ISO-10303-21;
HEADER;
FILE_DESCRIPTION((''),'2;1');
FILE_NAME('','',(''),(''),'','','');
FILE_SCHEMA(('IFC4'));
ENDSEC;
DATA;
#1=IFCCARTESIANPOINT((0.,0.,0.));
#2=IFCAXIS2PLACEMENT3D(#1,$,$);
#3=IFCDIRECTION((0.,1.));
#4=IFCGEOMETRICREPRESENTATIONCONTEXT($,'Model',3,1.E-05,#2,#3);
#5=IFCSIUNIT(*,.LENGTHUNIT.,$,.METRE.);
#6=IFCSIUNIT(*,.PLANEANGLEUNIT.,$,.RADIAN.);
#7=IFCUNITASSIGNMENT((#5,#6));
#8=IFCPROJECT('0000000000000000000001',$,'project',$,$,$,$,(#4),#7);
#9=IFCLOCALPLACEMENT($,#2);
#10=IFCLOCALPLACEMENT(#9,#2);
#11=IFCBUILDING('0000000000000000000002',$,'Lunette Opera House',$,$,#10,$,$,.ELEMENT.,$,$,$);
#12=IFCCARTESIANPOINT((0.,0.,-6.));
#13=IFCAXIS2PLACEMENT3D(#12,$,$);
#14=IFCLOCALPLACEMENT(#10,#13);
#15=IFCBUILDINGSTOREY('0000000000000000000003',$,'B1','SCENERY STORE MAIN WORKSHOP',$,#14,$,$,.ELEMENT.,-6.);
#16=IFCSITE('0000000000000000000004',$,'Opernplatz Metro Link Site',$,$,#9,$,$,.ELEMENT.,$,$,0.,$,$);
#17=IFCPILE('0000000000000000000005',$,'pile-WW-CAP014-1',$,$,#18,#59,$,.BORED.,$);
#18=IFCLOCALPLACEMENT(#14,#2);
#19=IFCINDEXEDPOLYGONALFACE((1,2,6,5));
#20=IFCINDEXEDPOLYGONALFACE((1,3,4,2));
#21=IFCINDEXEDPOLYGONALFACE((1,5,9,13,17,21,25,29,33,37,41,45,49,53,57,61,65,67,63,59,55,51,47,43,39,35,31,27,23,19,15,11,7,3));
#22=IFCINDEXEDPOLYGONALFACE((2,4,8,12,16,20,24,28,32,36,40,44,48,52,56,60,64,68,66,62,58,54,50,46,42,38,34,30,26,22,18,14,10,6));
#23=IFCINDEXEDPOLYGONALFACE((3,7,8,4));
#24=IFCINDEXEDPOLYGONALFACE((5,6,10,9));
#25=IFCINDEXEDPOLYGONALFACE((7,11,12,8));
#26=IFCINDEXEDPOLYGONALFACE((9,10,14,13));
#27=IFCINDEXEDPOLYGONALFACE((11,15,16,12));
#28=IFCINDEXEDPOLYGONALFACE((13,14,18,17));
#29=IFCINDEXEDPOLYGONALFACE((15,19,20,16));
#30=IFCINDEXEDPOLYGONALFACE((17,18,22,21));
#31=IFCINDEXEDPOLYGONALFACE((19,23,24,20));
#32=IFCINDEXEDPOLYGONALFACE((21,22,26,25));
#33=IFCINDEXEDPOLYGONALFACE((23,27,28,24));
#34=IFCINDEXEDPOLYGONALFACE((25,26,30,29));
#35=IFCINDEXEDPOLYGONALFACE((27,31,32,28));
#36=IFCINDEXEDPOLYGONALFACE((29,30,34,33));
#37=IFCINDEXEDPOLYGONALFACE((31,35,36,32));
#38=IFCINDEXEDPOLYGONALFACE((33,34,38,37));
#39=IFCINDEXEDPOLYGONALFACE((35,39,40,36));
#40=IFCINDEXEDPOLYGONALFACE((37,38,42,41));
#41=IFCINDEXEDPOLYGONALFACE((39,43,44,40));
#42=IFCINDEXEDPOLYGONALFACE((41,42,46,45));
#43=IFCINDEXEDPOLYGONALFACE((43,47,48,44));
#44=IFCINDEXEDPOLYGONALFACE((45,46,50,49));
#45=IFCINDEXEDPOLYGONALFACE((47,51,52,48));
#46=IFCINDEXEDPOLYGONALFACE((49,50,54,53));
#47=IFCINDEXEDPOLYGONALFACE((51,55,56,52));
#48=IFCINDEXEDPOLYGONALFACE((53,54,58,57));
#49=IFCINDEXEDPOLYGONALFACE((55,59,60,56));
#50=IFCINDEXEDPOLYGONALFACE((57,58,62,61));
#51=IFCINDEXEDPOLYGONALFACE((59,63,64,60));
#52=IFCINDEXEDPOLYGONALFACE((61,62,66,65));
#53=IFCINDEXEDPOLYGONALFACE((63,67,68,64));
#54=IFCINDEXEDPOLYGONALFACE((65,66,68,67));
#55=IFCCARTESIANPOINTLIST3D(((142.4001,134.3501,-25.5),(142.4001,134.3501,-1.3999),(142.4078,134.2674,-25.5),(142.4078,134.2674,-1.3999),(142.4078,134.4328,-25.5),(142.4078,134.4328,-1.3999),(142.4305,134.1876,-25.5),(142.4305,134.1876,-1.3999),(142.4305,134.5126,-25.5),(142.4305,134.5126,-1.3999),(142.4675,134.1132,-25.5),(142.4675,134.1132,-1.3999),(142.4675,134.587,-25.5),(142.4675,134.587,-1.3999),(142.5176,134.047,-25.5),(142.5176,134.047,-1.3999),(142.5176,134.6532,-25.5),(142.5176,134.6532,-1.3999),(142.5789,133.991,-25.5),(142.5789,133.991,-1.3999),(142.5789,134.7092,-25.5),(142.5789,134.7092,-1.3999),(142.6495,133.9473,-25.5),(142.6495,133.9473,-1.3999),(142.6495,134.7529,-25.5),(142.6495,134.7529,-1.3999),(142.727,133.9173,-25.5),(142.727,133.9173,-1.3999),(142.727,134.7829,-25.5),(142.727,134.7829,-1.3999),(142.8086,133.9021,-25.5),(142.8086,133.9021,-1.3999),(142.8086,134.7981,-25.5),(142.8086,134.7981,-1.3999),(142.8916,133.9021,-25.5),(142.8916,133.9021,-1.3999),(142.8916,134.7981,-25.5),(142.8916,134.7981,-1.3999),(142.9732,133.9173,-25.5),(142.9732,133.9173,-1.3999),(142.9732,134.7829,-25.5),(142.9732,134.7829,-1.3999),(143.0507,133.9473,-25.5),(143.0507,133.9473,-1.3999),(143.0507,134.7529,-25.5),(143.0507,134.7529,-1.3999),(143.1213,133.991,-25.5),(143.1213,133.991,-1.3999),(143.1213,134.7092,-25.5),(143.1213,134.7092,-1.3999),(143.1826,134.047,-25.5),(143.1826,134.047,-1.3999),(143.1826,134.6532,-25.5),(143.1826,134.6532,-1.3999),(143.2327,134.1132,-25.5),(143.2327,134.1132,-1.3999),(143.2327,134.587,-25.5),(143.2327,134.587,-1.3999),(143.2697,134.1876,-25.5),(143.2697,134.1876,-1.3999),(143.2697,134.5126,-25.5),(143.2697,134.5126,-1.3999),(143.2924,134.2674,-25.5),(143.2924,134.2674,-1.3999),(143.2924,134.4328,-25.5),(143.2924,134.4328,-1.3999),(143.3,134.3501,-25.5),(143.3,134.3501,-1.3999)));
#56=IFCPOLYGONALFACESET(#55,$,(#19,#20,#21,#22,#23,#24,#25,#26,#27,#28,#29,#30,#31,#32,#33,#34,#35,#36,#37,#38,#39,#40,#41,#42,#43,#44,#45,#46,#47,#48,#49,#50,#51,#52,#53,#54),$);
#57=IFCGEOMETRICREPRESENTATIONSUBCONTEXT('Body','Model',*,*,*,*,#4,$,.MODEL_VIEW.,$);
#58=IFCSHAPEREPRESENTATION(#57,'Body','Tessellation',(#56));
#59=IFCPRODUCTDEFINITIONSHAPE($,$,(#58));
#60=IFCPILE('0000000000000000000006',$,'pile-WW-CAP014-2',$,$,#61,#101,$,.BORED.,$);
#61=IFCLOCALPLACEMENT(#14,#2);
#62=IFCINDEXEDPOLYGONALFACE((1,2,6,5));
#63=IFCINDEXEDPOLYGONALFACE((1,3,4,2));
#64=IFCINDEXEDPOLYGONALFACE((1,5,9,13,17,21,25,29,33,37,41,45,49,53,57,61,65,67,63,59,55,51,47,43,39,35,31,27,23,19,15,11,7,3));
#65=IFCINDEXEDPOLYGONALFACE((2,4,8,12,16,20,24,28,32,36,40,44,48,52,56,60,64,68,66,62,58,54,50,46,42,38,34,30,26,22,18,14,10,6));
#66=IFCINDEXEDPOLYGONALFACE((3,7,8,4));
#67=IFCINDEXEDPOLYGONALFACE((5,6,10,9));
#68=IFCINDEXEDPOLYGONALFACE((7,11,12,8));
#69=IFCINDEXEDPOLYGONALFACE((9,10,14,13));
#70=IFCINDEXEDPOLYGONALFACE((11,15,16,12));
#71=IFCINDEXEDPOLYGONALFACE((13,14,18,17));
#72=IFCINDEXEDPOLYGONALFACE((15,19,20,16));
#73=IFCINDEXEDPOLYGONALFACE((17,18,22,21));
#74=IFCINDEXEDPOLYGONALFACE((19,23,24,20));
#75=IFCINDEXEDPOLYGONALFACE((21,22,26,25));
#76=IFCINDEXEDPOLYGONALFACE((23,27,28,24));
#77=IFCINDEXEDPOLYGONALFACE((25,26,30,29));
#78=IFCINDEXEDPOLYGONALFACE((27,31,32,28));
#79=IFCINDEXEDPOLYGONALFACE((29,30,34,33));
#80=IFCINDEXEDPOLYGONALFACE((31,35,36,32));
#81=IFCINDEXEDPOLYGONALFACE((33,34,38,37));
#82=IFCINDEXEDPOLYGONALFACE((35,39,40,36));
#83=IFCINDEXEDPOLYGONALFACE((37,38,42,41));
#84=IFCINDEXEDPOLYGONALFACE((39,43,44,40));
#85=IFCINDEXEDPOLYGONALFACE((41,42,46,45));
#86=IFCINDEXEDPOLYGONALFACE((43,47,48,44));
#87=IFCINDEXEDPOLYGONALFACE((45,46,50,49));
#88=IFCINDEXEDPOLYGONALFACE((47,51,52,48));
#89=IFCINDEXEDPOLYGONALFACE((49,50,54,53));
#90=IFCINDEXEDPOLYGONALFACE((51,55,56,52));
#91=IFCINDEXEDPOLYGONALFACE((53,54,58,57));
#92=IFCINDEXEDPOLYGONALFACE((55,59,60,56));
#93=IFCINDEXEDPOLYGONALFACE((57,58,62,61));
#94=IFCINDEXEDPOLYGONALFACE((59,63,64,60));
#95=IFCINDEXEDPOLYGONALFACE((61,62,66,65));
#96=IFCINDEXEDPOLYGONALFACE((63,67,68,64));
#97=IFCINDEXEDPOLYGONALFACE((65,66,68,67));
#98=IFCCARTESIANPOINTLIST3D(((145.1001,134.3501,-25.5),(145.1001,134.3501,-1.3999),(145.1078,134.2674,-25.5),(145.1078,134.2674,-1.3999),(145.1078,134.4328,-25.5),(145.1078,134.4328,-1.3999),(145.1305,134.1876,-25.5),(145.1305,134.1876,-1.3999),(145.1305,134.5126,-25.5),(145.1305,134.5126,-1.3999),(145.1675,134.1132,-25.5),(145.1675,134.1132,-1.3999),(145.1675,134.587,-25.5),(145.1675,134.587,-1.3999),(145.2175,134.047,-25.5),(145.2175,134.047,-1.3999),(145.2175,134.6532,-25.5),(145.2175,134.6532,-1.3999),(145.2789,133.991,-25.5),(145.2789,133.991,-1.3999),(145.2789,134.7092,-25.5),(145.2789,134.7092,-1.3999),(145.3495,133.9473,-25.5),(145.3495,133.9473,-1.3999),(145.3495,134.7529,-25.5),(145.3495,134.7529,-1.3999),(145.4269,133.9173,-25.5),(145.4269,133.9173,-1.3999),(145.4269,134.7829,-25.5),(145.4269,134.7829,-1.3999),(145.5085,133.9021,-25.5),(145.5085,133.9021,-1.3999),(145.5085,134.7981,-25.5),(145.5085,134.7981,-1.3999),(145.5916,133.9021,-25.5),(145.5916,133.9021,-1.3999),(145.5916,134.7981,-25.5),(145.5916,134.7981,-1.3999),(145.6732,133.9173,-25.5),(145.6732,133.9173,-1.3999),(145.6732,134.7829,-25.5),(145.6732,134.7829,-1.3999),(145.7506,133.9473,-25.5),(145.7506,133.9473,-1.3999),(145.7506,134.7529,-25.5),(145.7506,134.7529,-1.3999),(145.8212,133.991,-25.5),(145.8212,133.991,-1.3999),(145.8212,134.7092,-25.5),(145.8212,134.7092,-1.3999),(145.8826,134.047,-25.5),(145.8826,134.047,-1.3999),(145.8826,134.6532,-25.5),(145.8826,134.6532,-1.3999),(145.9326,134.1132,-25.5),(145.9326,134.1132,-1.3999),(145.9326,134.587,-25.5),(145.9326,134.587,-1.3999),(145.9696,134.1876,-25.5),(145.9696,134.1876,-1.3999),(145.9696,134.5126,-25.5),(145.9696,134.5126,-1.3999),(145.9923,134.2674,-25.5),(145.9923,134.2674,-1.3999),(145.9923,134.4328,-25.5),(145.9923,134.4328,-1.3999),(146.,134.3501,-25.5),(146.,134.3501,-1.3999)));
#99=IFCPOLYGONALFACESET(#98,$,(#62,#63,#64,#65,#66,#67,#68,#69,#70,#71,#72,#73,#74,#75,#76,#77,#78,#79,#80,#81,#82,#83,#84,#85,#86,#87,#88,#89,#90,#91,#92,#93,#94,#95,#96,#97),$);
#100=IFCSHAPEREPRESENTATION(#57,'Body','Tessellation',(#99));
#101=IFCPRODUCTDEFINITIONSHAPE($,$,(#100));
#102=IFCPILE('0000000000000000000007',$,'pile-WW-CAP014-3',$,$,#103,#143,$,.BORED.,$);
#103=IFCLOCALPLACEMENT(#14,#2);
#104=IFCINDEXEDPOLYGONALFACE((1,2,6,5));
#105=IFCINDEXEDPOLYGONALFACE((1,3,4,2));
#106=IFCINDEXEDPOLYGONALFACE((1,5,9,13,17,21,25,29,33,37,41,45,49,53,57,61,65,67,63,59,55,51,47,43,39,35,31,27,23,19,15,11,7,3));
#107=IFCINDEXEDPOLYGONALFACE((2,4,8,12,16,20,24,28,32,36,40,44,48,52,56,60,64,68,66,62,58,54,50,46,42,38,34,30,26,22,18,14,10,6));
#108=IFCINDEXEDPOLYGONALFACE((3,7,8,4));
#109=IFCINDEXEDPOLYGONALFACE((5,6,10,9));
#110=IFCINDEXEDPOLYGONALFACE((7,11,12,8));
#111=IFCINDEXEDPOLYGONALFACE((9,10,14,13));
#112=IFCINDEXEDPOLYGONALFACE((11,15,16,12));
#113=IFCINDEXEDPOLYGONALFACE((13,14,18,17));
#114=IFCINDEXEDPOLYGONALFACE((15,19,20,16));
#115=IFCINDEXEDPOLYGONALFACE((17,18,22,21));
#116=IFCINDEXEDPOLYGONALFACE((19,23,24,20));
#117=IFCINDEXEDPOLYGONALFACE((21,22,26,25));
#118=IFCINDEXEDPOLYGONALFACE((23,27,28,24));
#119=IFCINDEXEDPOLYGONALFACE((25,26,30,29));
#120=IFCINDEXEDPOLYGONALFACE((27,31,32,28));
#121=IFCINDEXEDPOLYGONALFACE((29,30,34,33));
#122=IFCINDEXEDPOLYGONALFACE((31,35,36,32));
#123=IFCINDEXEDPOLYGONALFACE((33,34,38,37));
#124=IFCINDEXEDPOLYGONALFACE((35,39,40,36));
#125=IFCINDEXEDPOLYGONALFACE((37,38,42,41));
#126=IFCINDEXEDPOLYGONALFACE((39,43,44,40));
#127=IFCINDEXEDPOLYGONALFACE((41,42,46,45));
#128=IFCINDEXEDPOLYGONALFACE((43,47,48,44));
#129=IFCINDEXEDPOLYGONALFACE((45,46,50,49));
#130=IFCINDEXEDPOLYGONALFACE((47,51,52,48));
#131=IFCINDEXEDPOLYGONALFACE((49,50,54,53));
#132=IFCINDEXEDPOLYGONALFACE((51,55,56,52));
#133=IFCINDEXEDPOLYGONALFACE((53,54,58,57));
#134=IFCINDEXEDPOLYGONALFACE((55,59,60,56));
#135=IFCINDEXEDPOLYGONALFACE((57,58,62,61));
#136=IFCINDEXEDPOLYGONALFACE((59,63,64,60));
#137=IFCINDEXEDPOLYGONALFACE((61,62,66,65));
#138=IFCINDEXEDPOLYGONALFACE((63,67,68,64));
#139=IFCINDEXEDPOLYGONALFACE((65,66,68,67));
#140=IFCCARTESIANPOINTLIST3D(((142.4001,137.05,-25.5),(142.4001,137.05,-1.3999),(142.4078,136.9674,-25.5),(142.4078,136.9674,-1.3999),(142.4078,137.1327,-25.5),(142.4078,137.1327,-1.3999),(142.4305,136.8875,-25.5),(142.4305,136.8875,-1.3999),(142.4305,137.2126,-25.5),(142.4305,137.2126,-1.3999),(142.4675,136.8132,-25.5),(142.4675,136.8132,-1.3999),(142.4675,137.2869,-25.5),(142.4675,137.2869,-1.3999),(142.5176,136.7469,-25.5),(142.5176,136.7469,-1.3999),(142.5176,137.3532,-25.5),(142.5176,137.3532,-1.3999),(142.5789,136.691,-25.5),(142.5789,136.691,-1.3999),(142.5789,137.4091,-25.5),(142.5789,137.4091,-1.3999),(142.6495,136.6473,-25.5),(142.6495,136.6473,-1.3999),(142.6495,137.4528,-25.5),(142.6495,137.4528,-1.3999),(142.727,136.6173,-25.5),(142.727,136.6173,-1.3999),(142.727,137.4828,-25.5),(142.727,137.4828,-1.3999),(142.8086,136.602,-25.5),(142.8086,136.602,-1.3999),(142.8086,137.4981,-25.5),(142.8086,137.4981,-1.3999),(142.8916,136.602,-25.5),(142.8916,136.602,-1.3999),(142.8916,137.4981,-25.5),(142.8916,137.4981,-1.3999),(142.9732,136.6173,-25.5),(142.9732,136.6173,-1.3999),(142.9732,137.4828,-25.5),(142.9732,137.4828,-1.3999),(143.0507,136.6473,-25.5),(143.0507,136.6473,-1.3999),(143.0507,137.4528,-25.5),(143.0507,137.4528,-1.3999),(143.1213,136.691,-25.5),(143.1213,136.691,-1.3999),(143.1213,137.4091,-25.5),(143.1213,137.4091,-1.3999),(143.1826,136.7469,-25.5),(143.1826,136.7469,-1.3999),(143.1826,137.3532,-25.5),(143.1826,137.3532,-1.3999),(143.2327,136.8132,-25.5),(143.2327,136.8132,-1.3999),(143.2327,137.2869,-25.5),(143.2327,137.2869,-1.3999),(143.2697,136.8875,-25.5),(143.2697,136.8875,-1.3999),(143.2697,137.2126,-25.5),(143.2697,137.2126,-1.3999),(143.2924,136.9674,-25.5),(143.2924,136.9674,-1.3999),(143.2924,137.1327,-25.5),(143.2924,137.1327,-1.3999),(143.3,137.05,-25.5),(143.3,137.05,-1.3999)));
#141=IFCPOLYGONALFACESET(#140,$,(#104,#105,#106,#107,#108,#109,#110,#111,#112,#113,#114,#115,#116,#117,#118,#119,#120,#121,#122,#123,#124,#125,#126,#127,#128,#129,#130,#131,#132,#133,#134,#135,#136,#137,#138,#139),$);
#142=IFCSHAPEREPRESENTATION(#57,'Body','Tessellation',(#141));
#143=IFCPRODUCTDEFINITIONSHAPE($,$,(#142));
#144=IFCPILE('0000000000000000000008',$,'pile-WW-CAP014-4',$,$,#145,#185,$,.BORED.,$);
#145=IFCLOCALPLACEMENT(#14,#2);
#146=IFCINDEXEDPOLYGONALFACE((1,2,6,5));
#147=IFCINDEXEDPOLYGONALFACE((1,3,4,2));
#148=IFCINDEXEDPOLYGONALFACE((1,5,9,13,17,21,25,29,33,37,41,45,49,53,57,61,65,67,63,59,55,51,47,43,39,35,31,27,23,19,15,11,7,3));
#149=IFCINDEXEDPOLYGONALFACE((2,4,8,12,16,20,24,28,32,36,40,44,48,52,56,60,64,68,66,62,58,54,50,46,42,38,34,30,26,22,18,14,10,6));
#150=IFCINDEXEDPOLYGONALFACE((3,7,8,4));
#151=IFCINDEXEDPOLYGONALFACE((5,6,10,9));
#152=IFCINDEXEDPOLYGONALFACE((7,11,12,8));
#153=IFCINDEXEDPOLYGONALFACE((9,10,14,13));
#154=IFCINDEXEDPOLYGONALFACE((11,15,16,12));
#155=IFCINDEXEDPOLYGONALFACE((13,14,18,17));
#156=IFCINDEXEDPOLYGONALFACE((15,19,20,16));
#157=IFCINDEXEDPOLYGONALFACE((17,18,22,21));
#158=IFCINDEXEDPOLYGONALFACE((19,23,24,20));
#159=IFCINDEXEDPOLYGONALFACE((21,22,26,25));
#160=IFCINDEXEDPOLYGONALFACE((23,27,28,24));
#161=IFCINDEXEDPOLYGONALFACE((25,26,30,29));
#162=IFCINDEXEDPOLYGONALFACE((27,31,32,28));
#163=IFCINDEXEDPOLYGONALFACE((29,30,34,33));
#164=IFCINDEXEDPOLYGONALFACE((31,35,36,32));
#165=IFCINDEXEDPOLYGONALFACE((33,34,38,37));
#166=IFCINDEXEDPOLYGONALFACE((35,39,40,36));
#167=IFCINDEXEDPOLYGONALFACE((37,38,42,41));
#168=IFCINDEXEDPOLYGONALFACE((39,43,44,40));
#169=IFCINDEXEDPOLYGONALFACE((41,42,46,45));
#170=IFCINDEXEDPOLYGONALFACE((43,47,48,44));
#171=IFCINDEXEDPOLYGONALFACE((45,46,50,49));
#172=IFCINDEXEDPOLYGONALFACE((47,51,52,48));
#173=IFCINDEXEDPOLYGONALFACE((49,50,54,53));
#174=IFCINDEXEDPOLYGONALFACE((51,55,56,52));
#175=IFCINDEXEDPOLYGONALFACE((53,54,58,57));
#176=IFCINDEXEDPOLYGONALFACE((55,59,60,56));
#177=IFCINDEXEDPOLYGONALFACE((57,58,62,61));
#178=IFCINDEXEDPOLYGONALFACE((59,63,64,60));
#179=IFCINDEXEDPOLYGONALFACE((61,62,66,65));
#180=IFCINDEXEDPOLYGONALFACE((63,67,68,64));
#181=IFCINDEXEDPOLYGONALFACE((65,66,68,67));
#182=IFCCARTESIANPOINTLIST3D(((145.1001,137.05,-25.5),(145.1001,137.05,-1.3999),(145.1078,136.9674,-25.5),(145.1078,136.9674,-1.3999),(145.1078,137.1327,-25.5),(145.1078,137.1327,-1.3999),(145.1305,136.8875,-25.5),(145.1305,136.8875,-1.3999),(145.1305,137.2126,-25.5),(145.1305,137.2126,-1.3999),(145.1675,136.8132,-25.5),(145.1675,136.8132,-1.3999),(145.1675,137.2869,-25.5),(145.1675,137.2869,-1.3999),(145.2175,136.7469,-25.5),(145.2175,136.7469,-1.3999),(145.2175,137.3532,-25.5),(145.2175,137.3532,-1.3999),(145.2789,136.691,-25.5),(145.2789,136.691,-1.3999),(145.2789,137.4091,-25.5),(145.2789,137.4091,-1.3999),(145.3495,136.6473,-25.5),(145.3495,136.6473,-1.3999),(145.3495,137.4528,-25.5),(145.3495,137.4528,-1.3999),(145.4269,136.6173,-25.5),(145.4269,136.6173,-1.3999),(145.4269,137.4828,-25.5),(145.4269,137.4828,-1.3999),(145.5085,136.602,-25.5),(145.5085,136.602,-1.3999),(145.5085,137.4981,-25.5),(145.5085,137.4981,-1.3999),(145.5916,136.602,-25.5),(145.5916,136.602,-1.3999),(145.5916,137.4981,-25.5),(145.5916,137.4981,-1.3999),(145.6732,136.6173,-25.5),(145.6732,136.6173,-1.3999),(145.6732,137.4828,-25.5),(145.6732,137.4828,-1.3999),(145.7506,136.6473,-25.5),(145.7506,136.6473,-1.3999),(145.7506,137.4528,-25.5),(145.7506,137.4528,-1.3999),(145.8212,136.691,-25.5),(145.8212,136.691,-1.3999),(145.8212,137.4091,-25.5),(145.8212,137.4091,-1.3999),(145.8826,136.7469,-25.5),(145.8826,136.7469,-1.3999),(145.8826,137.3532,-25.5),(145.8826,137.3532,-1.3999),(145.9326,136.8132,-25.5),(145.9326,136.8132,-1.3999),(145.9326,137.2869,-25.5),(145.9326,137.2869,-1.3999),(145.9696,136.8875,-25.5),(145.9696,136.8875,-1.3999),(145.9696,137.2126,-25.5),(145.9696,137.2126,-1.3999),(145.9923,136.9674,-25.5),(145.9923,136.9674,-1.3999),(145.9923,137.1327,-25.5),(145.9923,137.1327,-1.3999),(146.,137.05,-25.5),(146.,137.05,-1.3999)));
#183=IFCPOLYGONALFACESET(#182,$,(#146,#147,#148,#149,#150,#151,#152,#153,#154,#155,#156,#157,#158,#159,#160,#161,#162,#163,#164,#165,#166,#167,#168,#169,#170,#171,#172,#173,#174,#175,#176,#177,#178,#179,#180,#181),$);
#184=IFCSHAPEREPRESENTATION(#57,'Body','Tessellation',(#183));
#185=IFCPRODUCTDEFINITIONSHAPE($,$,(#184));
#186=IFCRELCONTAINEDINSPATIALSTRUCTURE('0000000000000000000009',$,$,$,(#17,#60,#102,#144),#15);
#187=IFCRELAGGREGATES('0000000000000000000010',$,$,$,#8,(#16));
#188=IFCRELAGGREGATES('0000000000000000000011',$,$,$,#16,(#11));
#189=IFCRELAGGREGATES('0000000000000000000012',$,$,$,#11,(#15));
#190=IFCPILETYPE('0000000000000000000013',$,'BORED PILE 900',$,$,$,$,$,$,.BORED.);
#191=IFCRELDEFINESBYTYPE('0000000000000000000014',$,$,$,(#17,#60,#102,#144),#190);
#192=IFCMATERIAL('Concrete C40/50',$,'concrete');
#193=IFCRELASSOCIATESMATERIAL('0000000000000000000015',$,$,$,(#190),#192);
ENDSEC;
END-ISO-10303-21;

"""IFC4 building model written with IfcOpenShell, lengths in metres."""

from ifc_helpers import new_model, si_unit, direction, frame, origin, origin_2d, place, context, subcontext, project, spatial, circle, extrude, material, material_profile, profile_set, type_object, element, save


model = new_model("IFC4")

# Units and contexts
model_context = context("Model", 3, precision=1e-05, world=origin(), true_north=direction((0.0, 1.0)))
body_context = subcontext(model_context, "Body", "Model", "MODEL_VIEW")
ifc_project = project(units=[si_unit("LENGTHUNIT", "METRE"), si_unit("PLANEANGLEUNIT", "RADIAN")], contexts=[model_context])

# Site, building, storey
site_placement = place(None, origin())
site = spatial("IfcSite", under=ifc_project, at=site_placement, Name="Opernplatz Metro Link Site", CompositionType="ELEMENT", RefElevation=0.0)
building_placement = place(site_placement, origin())
building = spatial("IfcBuilding", under=site, at=building_placement, Name="Lunette Opera House", CompositionType="ELEMENT")
storey_placement = place(building_placement, frame((0.0, 0.0, -6.0)))
storey = spatial("IfcBuildingStorey", under=building, at=storey_placement, Name="B1", Description="SCENERY STORE MAIN WORKSHOP", CompositionType="ELEMENT", Elevation=-6.0)

# Piles
ifc_material_1 = material(Name="Concrete C40/50", Category="concrete")
ifc_material_profile_1 = material_profile(ifc_material_1, circle(Radius=0.45, at=origin_2d()), Name="BORED PILE 900")
ifc_profile_set_1 = profile_set([ifc_material_profile_1], Name="Concrete C40/50")
pile_type = type_object("IfcPileType", Name="BORED PILE 900", PredefinedType="BORED", material=ifc_profile_set_1)
for number, where, z_axis, x_axis, name in (
    (1, (142.8501, 134.3501, -1.3999), (0.0, 0.0, -1.0), (1.0, 0.0, 0.0), "pile-WW-CAP014-1"),
    (2, (145.55, 134.3501, -1.3999), (0.0, 0.0, -1.0), (1.0, 0.0, 0.0), "pile-WW-CAP014-2"),
    (3, (142.8501, 137.05, -1.3999), (0.0, 0.0, -1.0), (1.0, 0.0, 0.0), "pile-WW-CAP014-3"),
    (4, (145.55, 137.05, -1.3999), (0.0, 0.0, -1.0), (1.0, 0.0, 0.0), "pile-WW-CAP014-4"),
):
    element("IfcPile", number, at=place(storey_placement, frame(where, z_axis=z_axis, x_axis=x_axis)), inside=storey, type_object=pile_type, Name=name, PredefinedType="BORED", context=body_context, shape_type="SweptSolid", body=[
        extrude(circle(Radius=0.45, at=origin_2d()), origin(), (0.0, 0.0, 1.0), 24.1001),
    ])

save(model, "model.ifc")
